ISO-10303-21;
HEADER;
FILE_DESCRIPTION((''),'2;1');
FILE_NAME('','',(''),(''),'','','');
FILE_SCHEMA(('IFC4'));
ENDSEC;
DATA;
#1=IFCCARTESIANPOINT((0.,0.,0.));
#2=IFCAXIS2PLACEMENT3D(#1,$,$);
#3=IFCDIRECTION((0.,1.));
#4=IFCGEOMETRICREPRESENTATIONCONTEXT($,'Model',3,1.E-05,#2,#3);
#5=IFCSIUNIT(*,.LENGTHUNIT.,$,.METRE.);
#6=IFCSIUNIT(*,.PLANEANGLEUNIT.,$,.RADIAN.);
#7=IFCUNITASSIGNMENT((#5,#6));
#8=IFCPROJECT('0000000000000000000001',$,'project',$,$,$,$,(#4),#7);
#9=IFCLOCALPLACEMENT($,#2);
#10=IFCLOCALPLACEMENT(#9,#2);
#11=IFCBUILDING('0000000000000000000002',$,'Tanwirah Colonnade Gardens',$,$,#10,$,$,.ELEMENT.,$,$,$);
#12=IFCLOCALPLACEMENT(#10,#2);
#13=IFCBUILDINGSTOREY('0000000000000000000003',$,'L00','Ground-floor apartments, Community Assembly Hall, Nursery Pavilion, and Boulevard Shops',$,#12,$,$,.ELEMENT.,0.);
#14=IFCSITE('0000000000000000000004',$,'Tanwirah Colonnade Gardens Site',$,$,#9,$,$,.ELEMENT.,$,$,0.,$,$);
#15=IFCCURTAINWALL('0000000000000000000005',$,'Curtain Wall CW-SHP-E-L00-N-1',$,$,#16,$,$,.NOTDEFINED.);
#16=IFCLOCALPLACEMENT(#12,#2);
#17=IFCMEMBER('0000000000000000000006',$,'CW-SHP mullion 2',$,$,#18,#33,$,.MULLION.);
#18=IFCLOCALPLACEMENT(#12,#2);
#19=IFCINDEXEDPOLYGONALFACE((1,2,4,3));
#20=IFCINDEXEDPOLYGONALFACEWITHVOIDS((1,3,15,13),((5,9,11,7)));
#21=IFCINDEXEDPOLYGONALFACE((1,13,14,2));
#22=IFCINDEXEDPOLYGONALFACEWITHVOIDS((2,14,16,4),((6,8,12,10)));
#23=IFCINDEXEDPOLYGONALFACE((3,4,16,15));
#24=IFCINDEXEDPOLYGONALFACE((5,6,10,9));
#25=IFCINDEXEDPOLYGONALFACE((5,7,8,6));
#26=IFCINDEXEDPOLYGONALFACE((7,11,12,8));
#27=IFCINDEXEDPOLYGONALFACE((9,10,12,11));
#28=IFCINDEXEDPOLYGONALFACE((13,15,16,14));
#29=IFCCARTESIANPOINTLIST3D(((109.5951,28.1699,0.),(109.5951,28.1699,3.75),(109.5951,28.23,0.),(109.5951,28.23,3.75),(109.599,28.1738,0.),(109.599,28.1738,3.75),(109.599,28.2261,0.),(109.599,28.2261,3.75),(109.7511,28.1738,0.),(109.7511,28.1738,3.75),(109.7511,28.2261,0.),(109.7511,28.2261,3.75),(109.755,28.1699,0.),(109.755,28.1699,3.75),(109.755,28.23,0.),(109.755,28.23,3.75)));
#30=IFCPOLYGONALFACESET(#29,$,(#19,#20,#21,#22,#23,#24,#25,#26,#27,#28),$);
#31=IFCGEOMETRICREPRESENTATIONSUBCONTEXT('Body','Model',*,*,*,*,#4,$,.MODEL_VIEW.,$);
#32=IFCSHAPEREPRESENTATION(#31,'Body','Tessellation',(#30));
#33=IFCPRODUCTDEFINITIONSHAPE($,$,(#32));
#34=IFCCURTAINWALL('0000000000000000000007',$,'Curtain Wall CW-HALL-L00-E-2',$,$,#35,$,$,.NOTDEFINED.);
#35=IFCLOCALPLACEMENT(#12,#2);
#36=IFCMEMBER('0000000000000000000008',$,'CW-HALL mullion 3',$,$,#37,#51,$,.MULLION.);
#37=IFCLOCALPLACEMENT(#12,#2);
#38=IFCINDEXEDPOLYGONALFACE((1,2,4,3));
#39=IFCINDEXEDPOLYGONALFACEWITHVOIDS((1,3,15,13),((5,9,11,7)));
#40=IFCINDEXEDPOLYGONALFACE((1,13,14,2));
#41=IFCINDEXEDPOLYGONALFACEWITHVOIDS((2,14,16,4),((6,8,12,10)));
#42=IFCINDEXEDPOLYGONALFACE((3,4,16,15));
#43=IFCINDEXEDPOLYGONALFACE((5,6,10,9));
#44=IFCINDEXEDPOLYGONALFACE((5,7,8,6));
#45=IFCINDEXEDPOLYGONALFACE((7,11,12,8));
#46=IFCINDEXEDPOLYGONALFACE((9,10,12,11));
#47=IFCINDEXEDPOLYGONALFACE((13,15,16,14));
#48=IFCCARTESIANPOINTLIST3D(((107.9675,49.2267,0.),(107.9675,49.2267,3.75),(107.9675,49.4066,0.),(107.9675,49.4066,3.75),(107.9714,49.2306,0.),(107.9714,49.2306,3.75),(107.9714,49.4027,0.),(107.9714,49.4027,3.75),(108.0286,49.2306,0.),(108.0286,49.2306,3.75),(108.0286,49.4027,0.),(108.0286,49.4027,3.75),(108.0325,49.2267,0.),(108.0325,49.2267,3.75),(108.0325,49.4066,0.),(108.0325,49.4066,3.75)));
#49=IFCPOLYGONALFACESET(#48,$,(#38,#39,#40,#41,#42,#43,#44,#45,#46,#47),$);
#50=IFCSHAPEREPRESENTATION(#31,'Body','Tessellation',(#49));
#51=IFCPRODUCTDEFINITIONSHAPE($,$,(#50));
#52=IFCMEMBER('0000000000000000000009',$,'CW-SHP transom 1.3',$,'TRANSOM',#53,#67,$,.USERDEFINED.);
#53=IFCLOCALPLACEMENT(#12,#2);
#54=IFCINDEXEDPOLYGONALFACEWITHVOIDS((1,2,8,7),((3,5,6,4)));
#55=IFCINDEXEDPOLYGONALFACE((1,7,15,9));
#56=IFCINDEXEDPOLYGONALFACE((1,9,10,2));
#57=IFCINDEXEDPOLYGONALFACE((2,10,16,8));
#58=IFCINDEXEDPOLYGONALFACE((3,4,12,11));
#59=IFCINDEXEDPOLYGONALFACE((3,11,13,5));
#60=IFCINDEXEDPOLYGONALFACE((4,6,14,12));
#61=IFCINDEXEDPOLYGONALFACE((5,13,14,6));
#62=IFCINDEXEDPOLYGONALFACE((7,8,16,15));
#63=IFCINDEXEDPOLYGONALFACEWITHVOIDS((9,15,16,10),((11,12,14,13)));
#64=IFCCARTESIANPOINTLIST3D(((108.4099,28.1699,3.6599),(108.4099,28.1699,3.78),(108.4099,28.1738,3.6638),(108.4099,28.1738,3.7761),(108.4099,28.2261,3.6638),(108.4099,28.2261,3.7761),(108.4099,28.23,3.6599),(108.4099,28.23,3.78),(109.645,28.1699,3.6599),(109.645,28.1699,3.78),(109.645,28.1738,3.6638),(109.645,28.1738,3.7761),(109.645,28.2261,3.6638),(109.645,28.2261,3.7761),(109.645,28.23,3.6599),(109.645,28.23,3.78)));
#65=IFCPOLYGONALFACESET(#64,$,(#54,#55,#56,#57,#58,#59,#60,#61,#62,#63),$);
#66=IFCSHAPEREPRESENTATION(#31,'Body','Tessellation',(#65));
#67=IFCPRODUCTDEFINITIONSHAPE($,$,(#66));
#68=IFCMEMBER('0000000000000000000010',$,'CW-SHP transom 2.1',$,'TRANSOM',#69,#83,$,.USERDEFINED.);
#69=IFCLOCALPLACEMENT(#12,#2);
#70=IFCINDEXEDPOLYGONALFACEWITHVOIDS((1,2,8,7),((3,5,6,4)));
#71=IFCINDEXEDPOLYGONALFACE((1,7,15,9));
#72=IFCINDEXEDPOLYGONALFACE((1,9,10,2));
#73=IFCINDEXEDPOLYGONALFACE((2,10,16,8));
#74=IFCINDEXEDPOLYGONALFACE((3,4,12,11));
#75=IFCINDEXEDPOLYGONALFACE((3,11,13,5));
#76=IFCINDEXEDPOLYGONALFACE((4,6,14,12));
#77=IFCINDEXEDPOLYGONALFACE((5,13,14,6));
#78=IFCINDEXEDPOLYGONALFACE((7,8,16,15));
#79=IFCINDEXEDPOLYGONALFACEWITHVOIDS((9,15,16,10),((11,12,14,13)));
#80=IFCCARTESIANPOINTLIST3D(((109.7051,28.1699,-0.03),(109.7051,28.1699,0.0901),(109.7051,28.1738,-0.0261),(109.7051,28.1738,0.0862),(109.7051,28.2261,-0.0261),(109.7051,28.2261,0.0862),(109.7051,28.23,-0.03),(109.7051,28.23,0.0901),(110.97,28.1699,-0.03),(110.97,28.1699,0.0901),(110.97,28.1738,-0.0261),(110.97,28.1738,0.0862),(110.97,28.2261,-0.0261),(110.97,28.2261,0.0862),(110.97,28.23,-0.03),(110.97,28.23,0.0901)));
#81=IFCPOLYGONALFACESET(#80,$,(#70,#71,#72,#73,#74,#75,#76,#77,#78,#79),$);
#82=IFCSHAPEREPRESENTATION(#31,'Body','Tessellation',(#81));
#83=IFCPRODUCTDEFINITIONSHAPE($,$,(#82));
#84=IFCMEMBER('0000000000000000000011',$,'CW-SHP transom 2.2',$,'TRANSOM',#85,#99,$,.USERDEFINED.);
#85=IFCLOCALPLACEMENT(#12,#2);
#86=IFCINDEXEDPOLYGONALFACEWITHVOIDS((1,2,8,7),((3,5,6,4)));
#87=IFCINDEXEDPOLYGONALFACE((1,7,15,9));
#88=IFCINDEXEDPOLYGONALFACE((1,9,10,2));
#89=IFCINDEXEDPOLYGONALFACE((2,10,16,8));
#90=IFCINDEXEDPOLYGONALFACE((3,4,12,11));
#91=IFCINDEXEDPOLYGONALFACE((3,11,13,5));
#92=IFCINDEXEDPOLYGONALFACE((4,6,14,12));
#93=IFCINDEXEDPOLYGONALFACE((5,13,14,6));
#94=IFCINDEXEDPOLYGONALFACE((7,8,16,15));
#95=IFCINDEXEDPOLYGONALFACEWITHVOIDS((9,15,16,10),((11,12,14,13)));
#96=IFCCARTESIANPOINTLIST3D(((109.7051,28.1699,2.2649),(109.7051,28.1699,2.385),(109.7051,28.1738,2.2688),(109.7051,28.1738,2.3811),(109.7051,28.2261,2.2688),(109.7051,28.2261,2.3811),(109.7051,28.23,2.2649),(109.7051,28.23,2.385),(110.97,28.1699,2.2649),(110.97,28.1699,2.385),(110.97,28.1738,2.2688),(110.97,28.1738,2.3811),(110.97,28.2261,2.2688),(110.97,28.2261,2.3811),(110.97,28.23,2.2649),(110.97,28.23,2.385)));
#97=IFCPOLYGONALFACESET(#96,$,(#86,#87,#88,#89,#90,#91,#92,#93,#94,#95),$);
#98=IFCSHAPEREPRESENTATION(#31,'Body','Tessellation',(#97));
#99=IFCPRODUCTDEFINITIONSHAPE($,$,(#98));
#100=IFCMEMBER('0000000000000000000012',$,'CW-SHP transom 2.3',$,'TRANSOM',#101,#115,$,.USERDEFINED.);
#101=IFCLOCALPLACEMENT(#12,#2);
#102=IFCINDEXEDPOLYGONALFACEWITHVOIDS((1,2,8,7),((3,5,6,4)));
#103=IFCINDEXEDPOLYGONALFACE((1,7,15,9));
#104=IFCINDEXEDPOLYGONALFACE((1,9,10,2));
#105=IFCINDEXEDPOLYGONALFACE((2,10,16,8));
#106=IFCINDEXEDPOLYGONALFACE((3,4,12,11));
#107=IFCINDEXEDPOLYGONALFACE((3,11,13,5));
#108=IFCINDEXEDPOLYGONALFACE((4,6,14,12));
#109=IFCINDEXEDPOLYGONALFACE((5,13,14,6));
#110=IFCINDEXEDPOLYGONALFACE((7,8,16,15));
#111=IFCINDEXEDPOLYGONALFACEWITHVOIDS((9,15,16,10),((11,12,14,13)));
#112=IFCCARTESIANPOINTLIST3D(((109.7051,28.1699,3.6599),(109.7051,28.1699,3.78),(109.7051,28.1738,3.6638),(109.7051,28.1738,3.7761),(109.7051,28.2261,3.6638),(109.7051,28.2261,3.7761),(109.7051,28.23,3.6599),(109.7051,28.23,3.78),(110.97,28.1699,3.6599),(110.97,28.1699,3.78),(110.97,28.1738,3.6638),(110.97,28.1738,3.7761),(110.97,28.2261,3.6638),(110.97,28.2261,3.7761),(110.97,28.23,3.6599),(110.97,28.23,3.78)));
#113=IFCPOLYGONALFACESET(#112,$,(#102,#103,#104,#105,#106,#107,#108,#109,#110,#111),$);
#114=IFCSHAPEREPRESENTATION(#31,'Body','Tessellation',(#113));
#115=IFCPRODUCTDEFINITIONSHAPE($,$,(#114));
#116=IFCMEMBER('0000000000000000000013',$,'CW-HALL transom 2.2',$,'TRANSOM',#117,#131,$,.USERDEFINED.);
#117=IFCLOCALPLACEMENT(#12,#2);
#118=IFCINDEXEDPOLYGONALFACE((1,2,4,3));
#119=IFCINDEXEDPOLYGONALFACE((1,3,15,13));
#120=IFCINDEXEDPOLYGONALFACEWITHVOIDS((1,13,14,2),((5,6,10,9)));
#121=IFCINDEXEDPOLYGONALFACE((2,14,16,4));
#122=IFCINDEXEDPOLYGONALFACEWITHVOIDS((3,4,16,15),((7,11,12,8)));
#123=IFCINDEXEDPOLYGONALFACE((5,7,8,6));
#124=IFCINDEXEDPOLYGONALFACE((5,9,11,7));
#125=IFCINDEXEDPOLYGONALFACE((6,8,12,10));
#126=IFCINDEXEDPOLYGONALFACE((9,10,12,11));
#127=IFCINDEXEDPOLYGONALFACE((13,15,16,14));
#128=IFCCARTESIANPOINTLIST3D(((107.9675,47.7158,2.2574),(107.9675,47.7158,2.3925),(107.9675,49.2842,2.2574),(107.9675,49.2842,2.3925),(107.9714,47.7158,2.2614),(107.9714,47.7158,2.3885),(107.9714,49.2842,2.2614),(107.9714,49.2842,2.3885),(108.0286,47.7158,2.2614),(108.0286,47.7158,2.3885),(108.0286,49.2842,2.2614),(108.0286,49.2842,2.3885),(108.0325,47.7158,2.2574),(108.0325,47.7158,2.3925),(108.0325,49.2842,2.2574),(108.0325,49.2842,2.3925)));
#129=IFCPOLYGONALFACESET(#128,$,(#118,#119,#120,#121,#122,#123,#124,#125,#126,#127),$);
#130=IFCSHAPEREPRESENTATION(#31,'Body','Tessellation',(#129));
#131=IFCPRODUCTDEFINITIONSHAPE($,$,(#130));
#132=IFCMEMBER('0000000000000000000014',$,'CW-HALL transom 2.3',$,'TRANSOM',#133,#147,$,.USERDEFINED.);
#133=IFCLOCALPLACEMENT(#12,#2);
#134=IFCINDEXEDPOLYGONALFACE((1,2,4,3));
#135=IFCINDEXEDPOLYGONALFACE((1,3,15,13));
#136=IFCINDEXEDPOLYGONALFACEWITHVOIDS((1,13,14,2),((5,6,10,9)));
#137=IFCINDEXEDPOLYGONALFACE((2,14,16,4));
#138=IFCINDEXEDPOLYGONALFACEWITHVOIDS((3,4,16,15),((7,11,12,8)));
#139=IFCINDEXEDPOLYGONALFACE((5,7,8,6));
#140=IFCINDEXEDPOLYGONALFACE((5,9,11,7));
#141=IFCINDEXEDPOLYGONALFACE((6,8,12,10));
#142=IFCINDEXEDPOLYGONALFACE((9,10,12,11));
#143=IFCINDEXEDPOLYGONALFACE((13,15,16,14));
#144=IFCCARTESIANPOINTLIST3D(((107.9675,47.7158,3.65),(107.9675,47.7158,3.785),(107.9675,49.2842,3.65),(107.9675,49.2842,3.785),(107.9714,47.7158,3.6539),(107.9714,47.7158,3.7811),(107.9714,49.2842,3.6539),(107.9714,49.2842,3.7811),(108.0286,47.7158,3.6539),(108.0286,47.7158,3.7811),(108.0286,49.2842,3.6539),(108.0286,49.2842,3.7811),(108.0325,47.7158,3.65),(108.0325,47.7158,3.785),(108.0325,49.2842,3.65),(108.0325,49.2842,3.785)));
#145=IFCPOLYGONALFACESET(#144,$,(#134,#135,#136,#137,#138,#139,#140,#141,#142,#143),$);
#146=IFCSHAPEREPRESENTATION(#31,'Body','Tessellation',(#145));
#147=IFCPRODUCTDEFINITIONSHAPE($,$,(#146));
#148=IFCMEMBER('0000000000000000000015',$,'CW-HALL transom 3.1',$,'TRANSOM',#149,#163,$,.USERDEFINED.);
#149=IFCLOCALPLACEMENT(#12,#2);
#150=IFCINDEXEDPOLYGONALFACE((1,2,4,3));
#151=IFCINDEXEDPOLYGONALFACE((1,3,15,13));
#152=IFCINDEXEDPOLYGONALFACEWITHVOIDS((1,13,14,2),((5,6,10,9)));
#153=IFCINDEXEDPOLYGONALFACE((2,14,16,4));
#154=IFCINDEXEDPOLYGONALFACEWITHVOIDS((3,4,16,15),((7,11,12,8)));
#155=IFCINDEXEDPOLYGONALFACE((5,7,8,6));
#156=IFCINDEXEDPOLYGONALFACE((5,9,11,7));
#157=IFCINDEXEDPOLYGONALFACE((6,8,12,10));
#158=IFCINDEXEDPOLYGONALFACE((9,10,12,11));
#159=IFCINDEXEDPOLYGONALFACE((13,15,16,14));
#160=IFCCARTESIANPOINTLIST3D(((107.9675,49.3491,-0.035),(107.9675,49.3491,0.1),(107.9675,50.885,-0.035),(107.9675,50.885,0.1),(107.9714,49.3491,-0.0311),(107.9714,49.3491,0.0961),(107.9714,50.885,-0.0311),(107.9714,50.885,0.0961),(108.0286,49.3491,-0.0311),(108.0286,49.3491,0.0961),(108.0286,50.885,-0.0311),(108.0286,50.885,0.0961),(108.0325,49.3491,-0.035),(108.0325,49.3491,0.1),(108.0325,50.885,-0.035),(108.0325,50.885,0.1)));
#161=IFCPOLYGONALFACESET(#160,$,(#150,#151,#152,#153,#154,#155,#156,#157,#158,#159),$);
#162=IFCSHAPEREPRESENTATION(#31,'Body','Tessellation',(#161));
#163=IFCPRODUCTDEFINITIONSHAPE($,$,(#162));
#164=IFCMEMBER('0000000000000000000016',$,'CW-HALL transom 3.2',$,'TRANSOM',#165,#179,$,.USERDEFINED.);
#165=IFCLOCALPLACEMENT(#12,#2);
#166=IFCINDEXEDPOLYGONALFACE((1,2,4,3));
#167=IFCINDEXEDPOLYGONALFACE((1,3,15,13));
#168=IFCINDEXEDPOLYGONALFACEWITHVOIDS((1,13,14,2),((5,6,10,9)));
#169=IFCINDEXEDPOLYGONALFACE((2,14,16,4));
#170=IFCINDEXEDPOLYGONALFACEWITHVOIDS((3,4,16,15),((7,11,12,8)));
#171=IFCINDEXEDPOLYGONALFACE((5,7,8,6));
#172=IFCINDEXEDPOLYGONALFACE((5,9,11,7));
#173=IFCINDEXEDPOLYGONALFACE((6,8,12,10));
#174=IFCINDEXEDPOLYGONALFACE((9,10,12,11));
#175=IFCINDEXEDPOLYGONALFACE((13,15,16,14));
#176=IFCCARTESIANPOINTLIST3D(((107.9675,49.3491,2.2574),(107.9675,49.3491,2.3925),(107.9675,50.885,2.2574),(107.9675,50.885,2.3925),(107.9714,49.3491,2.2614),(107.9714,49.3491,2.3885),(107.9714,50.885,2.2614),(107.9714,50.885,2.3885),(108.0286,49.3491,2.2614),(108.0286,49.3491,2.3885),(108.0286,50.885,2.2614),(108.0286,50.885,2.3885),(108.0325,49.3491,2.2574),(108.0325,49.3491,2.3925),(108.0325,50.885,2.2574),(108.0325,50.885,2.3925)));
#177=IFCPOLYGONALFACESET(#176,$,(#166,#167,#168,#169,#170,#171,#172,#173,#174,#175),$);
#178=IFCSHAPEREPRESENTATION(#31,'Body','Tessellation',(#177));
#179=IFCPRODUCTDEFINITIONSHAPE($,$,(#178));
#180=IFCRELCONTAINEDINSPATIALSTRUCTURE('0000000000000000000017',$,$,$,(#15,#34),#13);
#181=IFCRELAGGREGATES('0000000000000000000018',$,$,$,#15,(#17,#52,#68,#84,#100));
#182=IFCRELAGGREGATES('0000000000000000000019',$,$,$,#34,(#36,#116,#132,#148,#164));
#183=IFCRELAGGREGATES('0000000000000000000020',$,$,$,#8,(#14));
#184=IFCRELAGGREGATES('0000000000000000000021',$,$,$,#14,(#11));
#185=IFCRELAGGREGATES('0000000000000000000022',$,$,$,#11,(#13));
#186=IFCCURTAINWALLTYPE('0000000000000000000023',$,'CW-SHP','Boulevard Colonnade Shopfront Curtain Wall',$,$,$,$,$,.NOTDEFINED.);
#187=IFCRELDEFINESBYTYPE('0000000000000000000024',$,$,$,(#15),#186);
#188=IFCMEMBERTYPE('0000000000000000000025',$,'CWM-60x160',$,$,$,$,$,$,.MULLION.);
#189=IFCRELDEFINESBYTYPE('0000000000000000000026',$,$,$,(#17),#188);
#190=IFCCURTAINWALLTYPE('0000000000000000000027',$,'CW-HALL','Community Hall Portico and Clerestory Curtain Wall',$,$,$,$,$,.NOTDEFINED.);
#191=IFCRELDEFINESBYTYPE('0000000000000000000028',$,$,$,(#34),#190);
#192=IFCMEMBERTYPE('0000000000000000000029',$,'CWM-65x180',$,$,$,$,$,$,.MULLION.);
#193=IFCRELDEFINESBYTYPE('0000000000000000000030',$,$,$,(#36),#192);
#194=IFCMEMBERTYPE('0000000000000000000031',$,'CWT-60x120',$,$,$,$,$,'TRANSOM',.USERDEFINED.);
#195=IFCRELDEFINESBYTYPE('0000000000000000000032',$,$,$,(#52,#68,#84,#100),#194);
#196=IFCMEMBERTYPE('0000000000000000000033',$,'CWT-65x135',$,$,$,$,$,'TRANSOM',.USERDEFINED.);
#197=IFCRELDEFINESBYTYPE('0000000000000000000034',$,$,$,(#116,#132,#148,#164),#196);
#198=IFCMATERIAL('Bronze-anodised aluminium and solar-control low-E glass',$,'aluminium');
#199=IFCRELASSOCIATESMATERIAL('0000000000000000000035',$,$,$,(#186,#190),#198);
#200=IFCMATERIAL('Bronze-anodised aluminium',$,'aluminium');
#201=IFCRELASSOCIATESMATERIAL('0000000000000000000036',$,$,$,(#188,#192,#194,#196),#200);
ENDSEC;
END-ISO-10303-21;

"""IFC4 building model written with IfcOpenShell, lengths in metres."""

from ifc_helpers import new_model, si_unit, direction, frame, origin, origin_2d, place, context, subcontext, project, spatial, hollow_rectangle, extrude, material, material_profile, profile_set, type_object, element, aggregate, save


model = new_model("IFC4")

# Units and contexts
model_context = context("Model", 3, precision=1e-05, world=origin(), true_north=direction((0.0, 1.0)))
body_context = subcontext(model_context, "Body", "Model", "MODEL_VIEW")
ifc_project = project(units=[si_unit("LENGTHUNIT", "METRE"), si_unit("PLANEANGLEUNIT", "RADIAN")], contexts=[model_context])

# Site, building, storey
site_placement = place(None, origin())
site = spatial("IfcSite", under=ifc_project, at=site_placement, Name="Tanwirah Colonnade Gardens Site", CompositionType="ELEMENT", RefElevation=0.0)
building_placement = place(site_placement, origin())
building = spatial("IfcBuilding", under=site, at=building_placement, Name="Tanwirah Colonnade Gardens", CompositionType="ELEMENT")
storey_placement = place(building_placement, origin())
storey = spatial("IfcBuildingStorey", under=building, at=storey_placement, Name="L00", Description="Ground-floor apartments, Community Assembly Hall, Nursery Pavilion, and Boulevard Shops", CompositionType="ELEMENT", Elevation=0.0)

# Curtain walls, members
ifc_material_1 = material(Name="Bronze-anodised aluminium and solar-control low-E glass", Category="aluminium")
curtain_wall_type_1 = type_object("IfcCurtainWallType", Name="CW-SHP", Description="Boulevard Colonnade Shopfront Curtain Wall", PredefinedType="NOTDEFINED", material=ifc_material_1)
curtain_wall_1_placement = place(storey_placement, origin())
curtain_wall_1 = element("IfcCurtainWall", 1, at=curtain_wall_1_placement, inside=storey, type_object=curtain_wall_type_1, Name="Curtain Wall CW-SHP-E-L00-N-1", PredefinedType="NOTDEFINED")
ifc_material_2 = material(Name="Bronze-anodised aluminium", Category="aluminium")
ifc_material_profile_1 = material_profile(ifc_material_2, hollow_rectangle(XDim=0.0601, YDim=0.1599, WallThickness=0.0039, at=origin_2d()), Name="CW-MUL 60x160x4")
ifc_profile_set_1 = profile_set([ifc_material_profile_1], Name="Bronze-anodised aluminium")
member_type_1 = type_object("IfcMemberType", Name="CWM-60x160", PredefinedType="MULLION", material=ifc_profile_set_1)
member_1_placement = place(storey_placement, frame((109.675, 28.2, 0.0), z_axis=(0.0, 0.0, 1.0), x_axis=(0.0, 1.0, 0.0)))
member_1 = element("IfcMember", 2, at=member_1_placement, type_object=member_type_1, Name="CW-SHP mullion 2", PredefinedType="MULLION", context=body_context, shape_type="SweptSolid", body=[
    extrude(hollow_rectangle(XDim=0.0601, YDim=0.1599, WallThickness=0.0039, at=origin_2d()), origin(), (0.0, 0.0, 1.0), 3.75),
])
curtain_wall_type_2 = type_object("IfcCurtainWallType", Name="CW-HALL", Description="Community Hall Portico and Clerestory Curtain Wall", PredefinedType="NOTDEFINED", material=ifc_material_1)
curtain_wall_2_placement = place(storey_placement, origin())
curtain_wall_2 = element("IfcCurtainWall", 3, at=curtain_wall_2_placement, inside=storey, type_object=curtain_wall_type_2, Name="Curtain Wall CW-HALL-L00-E-2", PredefinedType="NOTDEFINED")
ifc_material_profile_2 = material_profile(ifc_material_2, hollow_rectangle(XDim=0.0649, YDim=0.1799, WallThickness=0.0039, at=origin_2d()), Name="CW-MUL 65x180x4")
ifc_profile_set_2 = profile_set([ifc_material_profile_2], Name="Bronze-anodised aluminium")
member_type_2 = type_object("IfcMemberType", Name="CWM-65x180", PredefinedType="MULLION", material=ifc_profile_set_2)
member_2_placement = place(storey_placement, frame((108.0, 49.3167, 0.0), z_axis=(0.0, 0.0, 1.0), x_axis=(-1.0, 0.0, 0.0)))
member_2 = element("IfcMember", 4, at=member_2_placement, type_object=member_type_2, Name="CW-HALL mullion 3", PredefinedType="MULLION", context=body_context, shape_type="SweptSolid", body=[
    extrude(hollow_rectangle(XDim=0.0649, YDim=0.1799, WallThickness=0.0039, at=origin_2d()), origin(), (0.0, 0.0, 1.0), 3.75),
])

# Members
ifc_material_profile_3 = material_profile(ifc_material_2, hollow_rectangle(XDim=0.0601, YDim=0.1201, WallThickness=0.0039, at=origin_2d()), Name="CW-TRN 60x120x4")
ifc_profile_set_3 = profile_set([ifc_material_profile_3], Name="Bronze-anodised aluminium")
member_type_3 = type_object("IfcMemberType", Name="CWT-60x120", ElementType="TRANSOM", PredefinedType="USERDEFINED", material=ifc_profile_set_3)
member_3_placement = place(storey_placement, frame((108.4099, 28.2, 3.72), z_axis=(1.0, 0.0, 0.0), x_axis=(0.0, 1.0, 0.0)))
member_3 = element("IfcMember", 5, at=member_3_placement, type_object=member_type_3, Name="CW-SHP transom 1.3", ObjectType="TRANSOM", PredefinedType="USERDEFINED", context=body_context, shape_type="SweptSolid", body=[
    extrude(hollow_rectangle(XDim=0.0601, YDim=0.1201, WallThickness=0.0039, at=origin_2d()), origin(), (0.0, 0.0, 1.0), 1.2351),
])
member_4_placement = place(storey_placement, frame((109.7051, 28.2, 0.03), z_axis=(1.0, 0.0, 0.0), x_axis=(0.0, 1.0, 0.0)))
member_4 = element("IfcMember", 6, at=member_4_placement, type_object=member_type_3, Name="CW-SHP transom 2.1", ObjectType="TRANSOM", PredefinedType="USERDEFINED", context=body_context, shape_type="SweptSolid", body=[
    extrude(hollow_rectangle(XDim=0.0601, YDim=0.1201, WallThickness=0.0039, at=origin_2d()), origin(), (0.0, 0.0, 1.0), 1.2649),
])
member_5_placement = place(storey_placement, frame((109.7051, 28.2, 2.325), z_axis=(1.0, 0.0, 0.0), x_axis=(0.0, 1.0, 0.0)))
member_5 = element("IfcMember", 7, at=member_5_placement, type_object=member_type_3, Name="CW-SHP transom 2.2", ObjectType="TRANSOM", PredefinedType="USERDEFINED", context=body_context, shape_type="SweptSolid", body=[
    extrude(hollow_rectangle(XDim=0.0601, YDim=0.1201, WallThickness=0.0039, at=origin_2d()), origin(), (0.0, 0.0, 1.0), 1.2649),
])
member_6_placement = place(storey_placement, frame((109.7051, 28.2, 3.72), z_axis=(1.0, 0.0, 0.0), x_axis=(0.0, 1.0, 0.0)))
member_6 = element("IfcMember", 8, at=member_6_placement, type_object=member_type_3, Name="CW-SHP transom 2.3", ObjectType="TRANSOM", PredefinedType="USERDEFINED", context=body_context, shape_type="SweptSolid", body=[
    extrude(hollow_rectangle(XDim=0.0601, YDim=0.1201, WallThickness=0.0039, at=origin_2d()), origin(), (0.0, 0.0, 1.0), 1.2649),
])
ifc_material_profile_4 = material_profile(ifc_material_2, hollow_rectangle(XDim=0.0649, YDim=0.135, WallThickness=0.0039, at=origin_2d()), Name="CW-TRN 65x135x4")
ifc_profile_set_4 = profile_set([ifc_material_profile_4], Name="Bronze-anodised aluminium")
member_type_4 = type_object("IfcMemberType", Name="CWT-65x135", ElementType="TRANSOM", PredefinedType="USERDEFINED", material=ifc_profile_set_4)
member_7_placement = place(storey_placement, frame((108.0, 47.7158, 2.325), z_axis=(0.0, 1.0, 0.0), x_axis=(-1.0, 0.0, 0.0)))
member_7 = element("IfcMember", 9, at=member_7_placement, type_object=member_type_4, Name="CW-HALL transom 2.2", ObjectType="TRANSOM", PredefinedType="USERDEFINED", context=body_context, shape_type="SweptSolid", body=[
    extrude(hollow_rectangle(XDim=0.0649, YDim=0.135, WallThickness=0.0039, at=origin_2d()), origin(), (0.0, 0.0, 1.0), 1.5684),
])
member_8_placement = place(storey_placement, frame((108.0, 47.7158, 3.7175), z_axis=(0.0, 1.0, 0.0), x_axis=(-1.0, 0.0, 0.0)))
member_8 = element("IfcMember", 10, at=member_8_placement, type_object=member_type_4, Name="CW-HALL transom 2.3", ObjectType="TRANSOM", PredefinedType="USERDEFINED", context=body_context, shape_type="SweptSolid", body=[
    extrude(hollow_rectangle(XDim=0.0649, YDim=0.135, WallThickness=0.0039, at=origin_2d()), origin(), (0.0, 0.0, 1.0), 1.5684),
])
member_9_placement = place(storey_placement, frame((108.0, 49.3491, 0.0325), z_axis=(0.0, 1.0, 0.0), x_axis=(-1.0, 0.0, 0.0)))
member_9 = element("IfcMember", 11, at=member_9_placement, type_object=member_type_4, Name="CW-HALL transom 3.1", ObjectType="TRANSOM", PredefinedType="USERDEFINED", context=body_context, shape_type="SweptSolid", body=[
    extrude(hollow_rectangle(XDim=0.0649, YDim=0.135, WallThickness=0.0039, at=origin_2d()), origin(), (0.0, 0.0, 1.0), 1.5359),
])
member_10_placement = place(storey_placement, frame((108.0, 49.3491, 2.325), z_axis=(0.0, 1.0, 0.0), x_axis=(-1.0, 0.0, 0.0)))
member_10 = element("IfcMember", 12, at=member_10_placement, type_object=member_type_4, Name="CW-HALL transom 3.2", ObjectType="TRANSOM", PredefinedType="USERDEFINED", context=body_context, shape_type="SweptSolid", body=[
    extrude(hollow_rectangle(XDim=0.0649, YDim=0.135, WallThickness=0.0039, at=origin_2d()), origin(), (0.0, 0.0, 1.0), 1.5359),
])

aggregate(curtain_wall_1, [member_1, member_3, member_4, member_5, member_6])
aggregate(curtain_wall_2, [member_2, member_7, member_8, member_9, member_10])

save(model, "model.ifc")
